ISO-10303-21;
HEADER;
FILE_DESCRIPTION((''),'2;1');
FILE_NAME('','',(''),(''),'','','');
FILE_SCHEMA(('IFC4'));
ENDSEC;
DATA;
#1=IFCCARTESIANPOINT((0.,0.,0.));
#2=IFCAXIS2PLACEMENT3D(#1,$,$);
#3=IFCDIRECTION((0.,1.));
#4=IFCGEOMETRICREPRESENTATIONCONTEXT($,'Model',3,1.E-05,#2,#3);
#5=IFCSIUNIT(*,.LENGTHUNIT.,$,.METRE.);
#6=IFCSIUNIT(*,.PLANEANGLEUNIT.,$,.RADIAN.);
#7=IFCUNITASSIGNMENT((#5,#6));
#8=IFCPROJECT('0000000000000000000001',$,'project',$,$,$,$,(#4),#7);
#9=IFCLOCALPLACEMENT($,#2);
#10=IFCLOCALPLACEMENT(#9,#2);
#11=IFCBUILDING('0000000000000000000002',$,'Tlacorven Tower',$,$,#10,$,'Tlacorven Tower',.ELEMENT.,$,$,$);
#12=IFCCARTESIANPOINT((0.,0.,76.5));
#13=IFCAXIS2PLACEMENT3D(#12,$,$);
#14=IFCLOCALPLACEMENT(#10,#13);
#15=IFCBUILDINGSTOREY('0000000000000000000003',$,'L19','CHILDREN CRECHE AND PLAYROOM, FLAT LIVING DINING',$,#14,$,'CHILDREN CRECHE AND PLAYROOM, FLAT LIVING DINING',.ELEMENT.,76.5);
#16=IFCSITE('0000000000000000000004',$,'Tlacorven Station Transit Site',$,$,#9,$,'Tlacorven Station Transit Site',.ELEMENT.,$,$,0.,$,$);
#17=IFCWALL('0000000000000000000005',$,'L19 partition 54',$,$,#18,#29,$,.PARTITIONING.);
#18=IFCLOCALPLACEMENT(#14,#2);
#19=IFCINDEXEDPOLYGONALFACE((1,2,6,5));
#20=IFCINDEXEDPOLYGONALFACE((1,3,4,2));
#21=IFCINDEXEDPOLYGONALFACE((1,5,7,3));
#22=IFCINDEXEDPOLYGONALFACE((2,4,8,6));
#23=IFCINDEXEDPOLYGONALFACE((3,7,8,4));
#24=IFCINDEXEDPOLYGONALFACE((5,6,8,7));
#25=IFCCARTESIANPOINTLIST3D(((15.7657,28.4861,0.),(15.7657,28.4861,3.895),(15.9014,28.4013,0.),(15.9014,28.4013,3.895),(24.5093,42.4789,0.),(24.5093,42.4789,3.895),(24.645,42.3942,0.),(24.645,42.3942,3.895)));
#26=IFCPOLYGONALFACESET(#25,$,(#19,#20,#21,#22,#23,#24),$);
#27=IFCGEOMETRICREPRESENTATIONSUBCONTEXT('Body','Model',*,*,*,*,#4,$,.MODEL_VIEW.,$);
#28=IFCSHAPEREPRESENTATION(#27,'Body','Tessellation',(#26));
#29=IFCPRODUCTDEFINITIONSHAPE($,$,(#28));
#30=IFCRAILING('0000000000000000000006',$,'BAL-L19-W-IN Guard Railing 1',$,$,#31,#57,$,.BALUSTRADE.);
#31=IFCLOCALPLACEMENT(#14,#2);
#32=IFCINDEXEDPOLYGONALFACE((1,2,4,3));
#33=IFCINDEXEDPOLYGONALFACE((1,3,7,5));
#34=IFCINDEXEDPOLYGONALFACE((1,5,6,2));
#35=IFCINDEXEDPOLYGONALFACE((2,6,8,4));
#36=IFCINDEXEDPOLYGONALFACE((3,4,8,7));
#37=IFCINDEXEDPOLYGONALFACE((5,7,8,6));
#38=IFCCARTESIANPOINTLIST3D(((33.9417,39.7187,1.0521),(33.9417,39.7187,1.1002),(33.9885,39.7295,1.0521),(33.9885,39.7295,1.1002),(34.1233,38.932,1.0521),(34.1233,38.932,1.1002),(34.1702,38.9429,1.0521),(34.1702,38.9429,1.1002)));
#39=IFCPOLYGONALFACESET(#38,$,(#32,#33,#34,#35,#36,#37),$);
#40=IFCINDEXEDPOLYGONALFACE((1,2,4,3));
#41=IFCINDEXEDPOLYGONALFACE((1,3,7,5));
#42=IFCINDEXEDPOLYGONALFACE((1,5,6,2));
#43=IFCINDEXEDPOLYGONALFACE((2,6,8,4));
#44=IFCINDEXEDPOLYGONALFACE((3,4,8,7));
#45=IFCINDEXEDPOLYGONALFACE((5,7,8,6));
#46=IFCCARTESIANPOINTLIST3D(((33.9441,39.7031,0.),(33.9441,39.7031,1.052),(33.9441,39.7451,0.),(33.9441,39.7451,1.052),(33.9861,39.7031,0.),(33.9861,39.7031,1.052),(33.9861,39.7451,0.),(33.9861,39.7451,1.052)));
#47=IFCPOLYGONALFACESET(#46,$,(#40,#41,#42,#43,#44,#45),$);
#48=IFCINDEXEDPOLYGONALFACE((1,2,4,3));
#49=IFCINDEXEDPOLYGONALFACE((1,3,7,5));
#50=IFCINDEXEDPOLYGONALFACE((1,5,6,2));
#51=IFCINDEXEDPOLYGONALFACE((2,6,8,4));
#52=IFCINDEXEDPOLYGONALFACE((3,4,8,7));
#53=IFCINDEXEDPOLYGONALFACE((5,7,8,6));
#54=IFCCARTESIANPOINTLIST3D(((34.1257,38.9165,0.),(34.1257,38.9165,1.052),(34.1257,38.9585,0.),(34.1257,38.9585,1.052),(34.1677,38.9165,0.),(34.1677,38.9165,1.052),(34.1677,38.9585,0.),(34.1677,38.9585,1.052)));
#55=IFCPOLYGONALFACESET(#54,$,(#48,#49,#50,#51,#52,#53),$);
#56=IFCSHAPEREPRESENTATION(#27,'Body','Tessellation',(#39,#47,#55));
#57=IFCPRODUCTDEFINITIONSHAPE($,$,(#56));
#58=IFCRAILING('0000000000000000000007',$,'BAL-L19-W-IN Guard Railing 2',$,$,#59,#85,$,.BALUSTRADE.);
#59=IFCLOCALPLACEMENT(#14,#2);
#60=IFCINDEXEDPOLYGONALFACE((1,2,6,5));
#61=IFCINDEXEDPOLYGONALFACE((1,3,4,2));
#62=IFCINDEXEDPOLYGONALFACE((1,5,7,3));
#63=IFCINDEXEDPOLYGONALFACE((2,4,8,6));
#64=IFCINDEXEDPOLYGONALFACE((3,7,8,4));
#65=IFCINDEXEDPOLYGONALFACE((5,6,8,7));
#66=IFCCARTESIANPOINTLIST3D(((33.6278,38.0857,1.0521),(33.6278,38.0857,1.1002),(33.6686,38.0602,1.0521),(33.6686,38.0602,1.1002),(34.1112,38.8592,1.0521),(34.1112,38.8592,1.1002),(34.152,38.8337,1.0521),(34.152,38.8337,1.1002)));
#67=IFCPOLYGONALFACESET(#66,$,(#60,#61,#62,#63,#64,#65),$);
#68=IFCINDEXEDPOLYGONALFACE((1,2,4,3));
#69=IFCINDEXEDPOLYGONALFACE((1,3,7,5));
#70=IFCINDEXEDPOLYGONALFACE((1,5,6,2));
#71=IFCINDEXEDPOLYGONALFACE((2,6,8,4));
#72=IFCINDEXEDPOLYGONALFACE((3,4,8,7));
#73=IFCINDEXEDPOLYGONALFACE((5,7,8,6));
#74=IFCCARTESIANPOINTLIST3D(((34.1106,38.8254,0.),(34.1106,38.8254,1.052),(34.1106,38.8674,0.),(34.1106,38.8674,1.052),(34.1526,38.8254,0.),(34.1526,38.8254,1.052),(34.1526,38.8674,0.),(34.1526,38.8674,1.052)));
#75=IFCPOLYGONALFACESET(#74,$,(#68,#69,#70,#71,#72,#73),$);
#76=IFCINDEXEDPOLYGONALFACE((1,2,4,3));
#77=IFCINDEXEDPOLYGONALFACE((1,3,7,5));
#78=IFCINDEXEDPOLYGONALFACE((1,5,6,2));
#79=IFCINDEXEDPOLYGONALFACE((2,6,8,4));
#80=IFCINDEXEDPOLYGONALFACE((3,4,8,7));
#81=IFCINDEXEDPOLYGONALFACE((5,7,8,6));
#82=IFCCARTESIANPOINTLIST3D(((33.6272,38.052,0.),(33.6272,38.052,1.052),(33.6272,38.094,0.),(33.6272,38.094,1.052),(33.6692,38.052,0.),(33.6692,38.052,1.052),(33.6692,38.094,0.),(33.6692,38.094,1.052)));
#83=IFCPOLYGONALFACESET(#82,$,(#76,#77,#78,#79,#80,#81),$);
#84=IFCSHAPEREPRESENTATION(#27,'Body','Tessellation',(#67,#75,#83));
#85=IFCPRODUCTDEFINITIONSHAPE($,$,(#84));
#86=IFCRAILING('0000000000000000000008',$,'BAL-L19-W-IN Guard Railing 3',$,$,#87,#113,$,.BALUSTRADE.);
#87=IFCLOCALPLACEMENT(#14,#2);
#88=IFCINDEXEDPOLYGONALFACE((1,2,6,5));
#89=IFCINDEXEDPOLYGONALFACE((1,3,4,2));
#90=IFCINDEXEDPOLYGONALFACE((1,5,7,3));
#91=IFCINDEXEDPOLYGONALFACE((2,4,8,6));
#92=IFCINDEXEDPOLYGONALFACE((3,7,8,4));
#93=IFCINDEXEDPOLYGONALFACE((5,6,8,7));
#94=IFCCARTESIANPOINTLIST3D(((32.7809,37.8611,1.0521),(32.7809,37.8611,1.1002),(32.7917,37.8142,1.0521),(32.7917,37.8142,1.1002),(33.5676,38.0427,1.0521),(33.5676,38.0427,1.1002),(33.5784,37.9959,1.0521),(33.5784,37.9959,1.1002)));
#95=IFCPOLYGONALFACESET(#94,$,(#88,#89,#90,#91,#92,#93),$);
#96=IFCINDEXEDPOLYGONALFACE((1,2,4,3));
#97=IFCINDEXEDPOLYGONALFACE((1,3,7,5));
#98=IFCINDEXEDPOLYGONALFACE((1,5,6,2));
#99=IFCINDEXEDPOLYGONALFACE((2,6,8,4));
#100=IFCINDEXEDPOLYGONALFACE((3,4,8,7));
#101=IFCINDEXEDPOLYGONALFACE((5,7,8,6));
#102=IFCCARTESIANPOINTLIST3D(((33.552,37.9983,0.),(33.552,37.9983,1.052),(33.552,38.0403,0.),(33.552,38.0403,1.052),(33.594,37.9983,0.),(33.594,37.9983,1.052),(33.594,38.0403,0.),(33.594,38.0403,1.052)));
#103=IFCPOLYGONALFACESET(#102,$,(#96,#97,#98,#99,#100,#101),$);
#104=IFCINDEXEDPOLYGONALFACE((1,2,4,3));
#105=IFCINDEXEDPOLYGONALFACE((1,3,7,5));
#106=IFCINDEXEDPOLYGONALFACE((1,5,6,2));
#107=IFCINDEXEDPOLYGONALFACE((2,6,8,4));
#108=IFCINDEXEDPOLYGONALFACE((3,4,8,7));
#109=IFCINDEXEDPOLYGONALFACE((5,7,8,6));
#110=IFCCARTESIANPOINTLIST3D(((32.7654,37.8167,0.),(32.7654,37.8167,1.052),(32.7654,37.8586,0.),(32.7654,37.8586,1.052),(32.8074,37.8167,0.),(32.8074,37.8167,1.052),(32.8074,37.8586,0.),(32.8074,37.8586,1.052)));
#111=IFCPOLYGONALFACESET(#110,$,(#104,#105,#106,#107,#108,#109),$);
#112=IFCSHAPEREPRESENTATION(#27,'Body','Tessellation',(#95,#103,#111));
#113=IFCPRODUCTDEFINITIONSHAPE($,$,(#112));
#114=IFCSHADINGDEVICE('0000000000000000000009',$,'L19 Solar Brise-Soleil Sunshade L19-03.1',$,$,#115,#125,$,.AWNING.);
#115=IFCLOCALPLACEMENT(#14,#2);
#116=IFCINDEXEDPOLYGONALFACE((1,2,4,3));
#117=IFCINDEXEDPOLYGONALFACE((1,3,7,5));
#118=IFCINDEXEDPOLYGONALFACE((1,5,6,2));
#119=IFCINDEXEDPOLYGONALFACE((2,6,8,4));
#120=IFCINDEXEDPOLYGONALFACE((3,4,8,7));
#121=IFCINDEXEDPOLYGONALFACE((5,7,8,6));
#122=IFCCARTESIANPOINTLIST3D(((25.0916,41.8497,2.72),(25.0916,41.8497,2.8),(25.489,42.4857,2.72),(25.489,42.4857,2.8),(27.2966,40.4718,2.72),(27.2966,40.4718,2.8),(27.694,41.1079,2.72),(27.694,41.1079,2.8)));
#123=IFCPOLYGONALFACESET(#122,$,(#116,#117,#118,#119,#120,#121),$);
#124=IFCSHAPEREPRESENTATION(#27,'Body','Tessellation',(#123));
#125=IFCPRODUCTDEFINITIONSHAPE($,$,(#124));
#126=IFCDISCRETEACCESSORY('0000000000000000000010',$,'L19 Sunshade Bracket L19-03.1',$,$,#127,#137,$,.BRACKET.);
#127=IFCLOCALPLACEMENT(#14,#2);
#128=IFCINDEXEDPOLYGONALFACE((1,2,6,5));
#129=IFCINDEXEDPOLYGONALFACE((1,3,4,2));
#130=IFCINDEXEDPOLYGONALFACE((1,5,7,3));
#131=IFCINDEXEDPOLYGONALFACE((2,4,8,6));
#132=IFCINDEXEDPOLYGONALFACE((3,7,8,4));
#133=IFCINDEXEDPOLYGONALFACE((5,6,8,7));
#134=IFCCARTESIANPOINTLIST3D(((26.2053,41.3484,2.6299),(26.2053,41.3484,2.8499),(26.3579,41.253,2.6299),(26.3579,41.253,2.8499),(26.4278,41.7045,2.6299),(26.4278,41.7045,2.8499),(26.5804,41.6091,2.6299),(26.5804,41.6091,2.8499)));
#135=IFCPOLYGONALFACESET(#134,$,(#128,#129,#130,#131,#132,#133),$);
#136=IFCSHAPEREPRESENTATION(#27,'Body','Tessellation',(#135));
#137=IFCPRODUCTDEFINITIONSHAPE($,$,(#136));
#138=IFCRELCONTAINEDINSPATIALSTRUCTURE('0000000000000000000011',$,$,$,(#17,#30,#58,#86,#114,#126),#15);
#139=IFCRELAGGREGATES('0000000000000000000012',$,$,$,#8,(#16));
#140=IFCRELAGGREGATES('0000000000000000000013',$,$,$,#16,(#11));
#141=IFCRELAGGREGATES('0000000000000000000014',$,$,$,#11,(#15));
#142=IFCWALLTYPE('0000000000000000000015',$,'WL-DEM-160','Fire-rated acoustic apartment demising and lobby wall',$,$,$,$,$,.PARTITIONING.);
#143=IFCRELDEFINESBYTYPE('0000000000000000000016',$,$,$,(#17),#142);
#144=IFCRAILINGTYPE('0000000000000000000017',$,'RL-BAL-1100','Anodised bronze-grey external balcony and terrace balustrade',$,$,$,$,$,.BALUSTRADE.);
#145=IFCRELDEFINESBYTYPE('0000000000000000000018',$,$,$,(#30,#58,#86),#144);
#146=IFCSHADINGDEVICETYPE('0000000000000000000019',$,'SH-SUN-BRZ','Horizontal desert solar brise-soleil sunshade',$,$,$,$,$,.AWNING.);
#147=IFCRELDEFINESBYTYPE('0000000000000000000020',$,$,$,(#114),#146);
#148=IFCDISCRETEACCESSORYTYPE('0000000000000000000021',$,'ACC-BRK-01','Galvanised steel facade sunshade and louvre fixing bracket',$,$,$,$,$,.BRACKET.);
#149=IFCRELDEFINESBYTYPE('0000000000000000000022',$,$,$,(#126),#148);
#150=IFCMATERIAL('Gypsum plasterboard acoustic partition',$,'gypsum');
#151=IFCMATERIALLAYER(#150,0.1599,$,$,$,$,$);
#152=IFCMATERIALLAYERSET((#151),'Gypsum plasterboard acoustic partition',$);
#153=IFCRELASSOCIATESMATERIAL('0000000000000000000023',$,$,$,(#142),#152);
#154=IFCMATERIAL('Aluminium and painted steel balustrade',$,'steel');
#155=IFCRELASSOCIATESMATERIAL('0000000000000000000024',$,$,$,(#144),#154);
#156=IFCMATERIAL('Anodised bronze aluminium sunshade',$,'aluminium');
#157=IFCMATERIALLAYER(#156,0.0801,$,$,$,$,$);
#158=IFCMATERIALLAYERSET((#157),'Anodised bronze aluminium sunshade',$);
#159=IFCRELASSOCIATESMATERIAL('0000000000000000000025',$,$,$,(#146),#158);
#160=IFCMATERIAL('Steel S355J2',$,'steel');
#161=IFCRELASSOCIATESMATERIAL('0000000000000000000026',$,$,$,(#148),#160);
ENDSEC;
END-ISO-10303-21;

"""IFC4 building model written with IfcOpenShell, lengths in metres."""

from ifc_helpers import new_model, si_unit, direction, frame, frame_2d, origin, origin_2d, place, context, subcontext, project, spatial, rectangle, extrude, source, transform, mapped, material, layer, layer_set, type_object, element, save


model = new_model("IFC4")

# Units and contexts
model_context = context("Model", 3, precision=1e-05, world=origin(), true_north=direction((0.0, 1.0)))
body_context = subcontext(model_context, "Body", "Model", "MODEL_VIEW")
ifc_project = project(units=[si_unit("LENGTHUNIT", "METRE"), si_unit("PLANEANGLEUNIT", "RADIAN")], contexts=[model_context])

# Site, building, storey
site_placement = place(None, origin())
site = spatial("IfcSite", under=ifc_project, at=site_placement, Name="Tlacorven Station Transit Site", LongName="Tlacorven Station Transit Site", CompositionType="ELEMENT", RefElevation=0.0)
building_placement = place(site_placement, origin())
building = spatial("IfcBuilding", under=site, at=building_placement, Name="Tlacorven Tower", LongName="Tlacorven Tower", CompositionType="ELEMENT")
storey_placement = place(building_placement, frame((0.0, 0.0, 76.5)))
storey = spatial("IfcBuildingStorey", under=building, at=storey_placement, Name="L19", Description="CHILDREN CRECHE AND PLAYROOM, FLAT LIVING DINING", LongName="CHILDREN CRECHE AND PLAYROOM, FLAT LIVING DINING", CompositionType="ELEMENT", Elevation=76.5)

# Shared definitions
ifc_material_1 = material(Name="Steel S355J2", Category="steel")

# Wall
ifc_material_2 = material(Name="Gypsum plasterboard acoustic partition", Category="gypsum")
ifc_layer_1 = layer(ifc_material_2, 0.1599)
ifc_layer_set_1 = layer_set([ifc_layer_1], Name="Gypsum plasterboard acoustic partition")
wall_type = type_object("IfcWallType", Name="WL-DEM-160", Description="Fire-rated acoustic apartment demising and lobby wall", PredefinedType="PARTITIONING", material=ifc_layer_set_1)
wall_1_placement = place(storey_placement, frame((24.5771, 42.4365, 0.0), z_axis=(0.0, 0.0, 1.0), x_axis=(-0.529915, -0.848051, 0.0)))
element("IfcWall", 1, at=wall_1_placement, inside=storey, type_object=wall_type, Name="L19 partition 54", PredefinedType="PARTITIONING", context=body_context, shape_type="SweptSolid", body=[
    extrude(rectangle(XDim=16.5, YDim=0.1599, at=frame_2d((8.25, 0.0))), origin(), (0.0, 0.0, 1.0), 3.895),
])

# Railings
ifc_material_3 = material(Name="Aluminium and painted steel balustrade", Category="steel")
railing_type = type_object("IfcRailingType", Name="RL-BAL-1100", Description="Anodised bronze-grey external balcony and terrace balustrade", PredefinedType="BALUSTRADE", material=ifc_material_3)
shared_shape_1 = source(origin(), body_context, "Body", "SweptSolid", [
    extrude(rectangle(XDim=0.0481, YDim=0.0481, at=origin_2d()), frame((0.0, 0.0, 1.0762), z_axis=(0.224992, -0.974361, 0.0), x_axis=(0.974361, 0.224992, 0.0)), (0.0, 0.0, 1.0), 0.8074),
    extrude(rectangle(XDim=0.042, YDim=0.042, at=origin_2d()), origin(), (0.0, 0.0, 1.0), 1.052),
    extrude(rectangle(XDim=0.042, YDim=0.042, at=origin_2d()), frame((0.1816, -0.7866, 0.0)), (0.0, 0.0, 1.0), 1.052),
])
railing_1_placement = place(storey_placement, frame((33.9651, 39.7241, 0.0)))
element("IfcRailing", 2, at=railing_1_placement, inside=storey, type_object=railing_type, Name="BAL-L19-W-IN Guard Railing 1", PredefinedType="BALUSTRADE", context=body_context, shape_type="MappedRepresentation", body=[
    mapped(shared_shape_1, transform((0.0, 0.0, 0.0), scale=1.0)),
])
shared_shape_2 = source(origin(), body_context, "Body", "SweptSolid", [
    extrude(rectangle(XDim=0.0481, YDim=0.0481, at=origin_2d()), frame((0.0, 0.0, 1.0762), z_axis=(-0.529999, -0.847998, 0.0), x_axis=(0.847998, -0.529999, 0.0)), (0.0, 0.0, 1.0), 0.9121),
    extrude(rectangle(XDim=0.042, YDim=0.042, at=origin_2d()), origin(), (0.0, 0.0, 1.0), 1.052),
    extrude(rectangle(XDim=0.042, YDim=0.042, at=origin_2d()), frame((-0.4834, -0.7734, 0.0)), (0.0, 0.0, 1.0), 1.052),
])
railing_2_placement = place(storey_placement, frame((34.1316, 38.8464, 0.0)))
element("IfcRailing", 3, at=railing_2_placement, inside=storey, type_object=railing_type, Name="BAL-L19-W-IN Guard Railing 2", PredefinedType="BALUSTRADE", context=body_context, shape_type="MappedRepresentation", body=[
    mapped(shared_shape_2, transform((0.0, 0.0, 0.0), scale=1.0)),
])
shared_shape_3 = source(origin(), body_context, "Body", "SweptSolid", [
    extrude(rectangle(XDim=0.0481, YDim=0.0481, at=origin_2d()), frame((0.0, 0.0, 1.0762), z_axis=(-0.974361, -0.224992, 0.0), x_axis=(0.224992, -0.974361, 0.0)), (0.0, 0.0, 1.0), 0.8074),
    extrude(rectangle(XDim=0.042, YDim=0.042, at=origin_2d()), origin(), (0.0, 0.0, 1.0), 1.052),
    extrude(rectangle(XDim=0.042, YDim=0.042, at=origin_2d()), frame((-0.7866, -0.1816, 0.0)), (0.0, 0.0, 1.0), 1.052),
])
railing_3_placement = place(storey_placement, frame((33.573, 38.0193, 0.0)))
element("IfcRailing", 4, at=railing_3_placement, inside=storey, type_object=railing_type, Name="BAL-L19-W-IN Guard Railing 3", PredefinedType="BALUSTRADE", context=body_context, shape_type="MappedRepresentation", body=[
    mapped(shared_shape_3, transform((0.0, 0.0, 0.0), scale=1.0)),
])

# Shading device
ifc_material_4 = material(Name="Anodised bronze aluminium sunshade", Category="aluminium")
ifc_layer_2 = layer(ifc_material_4, 0.0801)
ifc_layer_set_2 = layer_set([ifc_layer_2], Name="Anodised bronze aluminium sunshade")
shading_device_type = type_object("IfcShadingDeviceType", Name="SH-SUN-BRZ", Description="Horizontal desert solar brise-soleil sunshade", PredefinedType="AWNING", material=ifc_layer_set_2)
shared_shape_4 = source(origin(), body_context, "Body", "SweptSolid", [
    extrude(rectangle(XDim=2.6001, YDim=0.75, at=origin_2d()), origin(), (0.0, 0.0, 1.0), 0.0801),
])
shading_device_placement = place(storey_placement, frame((26.3928, 41.4788, 2.72), z_axis=(0.0, 0.0, 1.0), x_axis=(0.848048, -0.529919, 0.0)))
element("IfcShadingDevice", 5, at=shading_device_placement, inside=storey, type_object=shading_device_type, Name="L19 Solar Brise-Soleil Sunshade L19-03.1", PredefinedType="AWNING", context=body_context, shape_type="MappedRepresentation", body=[
    mapped(shared_shape_4, transform((0.0, 0.0, 0.0), scale=1.0)),
])

# Discrete accessory
discrete_accessory_type = type_object("IfcDiscreteAccessoryType", Name="ACC-BRK-01", Description="Galvanised steel facade sunshade and louvre fixing bracket", PredefinedType="BRACKET", material=ifc_material_1)
shared_shape_5 = source(origin(), body_context, "Body", "SweptSolid", [
    extrude(rectangle(XDim=0.1799, YDim=0.4199, at=origin_2d()), origin(), (0.0, 0.0, 1.0), 0.22),
])
discrete_accessory_placement = place(storey_placement, frame((26.3928, 41.4788, 2.6299), z_axis=(0.0, 0.0, 1.0), x_axis=(0.848048, -0.529919, 0.0)))
element("IfcDiscreteAccessory", 6, at=discrete_accessory_placement, inside=storey, type_object=discrete_accessory_type, Name="L19 Sunshade Bracket L19-03.1", PredefinedType="BRACKET", context=body_context, shape_type="MappedRepresentation", body=[
    mapped(shared_shape_5, transform((0.0, 0.0, 0.0), scale=1.0)),
])

save(model, "model.ifc")
